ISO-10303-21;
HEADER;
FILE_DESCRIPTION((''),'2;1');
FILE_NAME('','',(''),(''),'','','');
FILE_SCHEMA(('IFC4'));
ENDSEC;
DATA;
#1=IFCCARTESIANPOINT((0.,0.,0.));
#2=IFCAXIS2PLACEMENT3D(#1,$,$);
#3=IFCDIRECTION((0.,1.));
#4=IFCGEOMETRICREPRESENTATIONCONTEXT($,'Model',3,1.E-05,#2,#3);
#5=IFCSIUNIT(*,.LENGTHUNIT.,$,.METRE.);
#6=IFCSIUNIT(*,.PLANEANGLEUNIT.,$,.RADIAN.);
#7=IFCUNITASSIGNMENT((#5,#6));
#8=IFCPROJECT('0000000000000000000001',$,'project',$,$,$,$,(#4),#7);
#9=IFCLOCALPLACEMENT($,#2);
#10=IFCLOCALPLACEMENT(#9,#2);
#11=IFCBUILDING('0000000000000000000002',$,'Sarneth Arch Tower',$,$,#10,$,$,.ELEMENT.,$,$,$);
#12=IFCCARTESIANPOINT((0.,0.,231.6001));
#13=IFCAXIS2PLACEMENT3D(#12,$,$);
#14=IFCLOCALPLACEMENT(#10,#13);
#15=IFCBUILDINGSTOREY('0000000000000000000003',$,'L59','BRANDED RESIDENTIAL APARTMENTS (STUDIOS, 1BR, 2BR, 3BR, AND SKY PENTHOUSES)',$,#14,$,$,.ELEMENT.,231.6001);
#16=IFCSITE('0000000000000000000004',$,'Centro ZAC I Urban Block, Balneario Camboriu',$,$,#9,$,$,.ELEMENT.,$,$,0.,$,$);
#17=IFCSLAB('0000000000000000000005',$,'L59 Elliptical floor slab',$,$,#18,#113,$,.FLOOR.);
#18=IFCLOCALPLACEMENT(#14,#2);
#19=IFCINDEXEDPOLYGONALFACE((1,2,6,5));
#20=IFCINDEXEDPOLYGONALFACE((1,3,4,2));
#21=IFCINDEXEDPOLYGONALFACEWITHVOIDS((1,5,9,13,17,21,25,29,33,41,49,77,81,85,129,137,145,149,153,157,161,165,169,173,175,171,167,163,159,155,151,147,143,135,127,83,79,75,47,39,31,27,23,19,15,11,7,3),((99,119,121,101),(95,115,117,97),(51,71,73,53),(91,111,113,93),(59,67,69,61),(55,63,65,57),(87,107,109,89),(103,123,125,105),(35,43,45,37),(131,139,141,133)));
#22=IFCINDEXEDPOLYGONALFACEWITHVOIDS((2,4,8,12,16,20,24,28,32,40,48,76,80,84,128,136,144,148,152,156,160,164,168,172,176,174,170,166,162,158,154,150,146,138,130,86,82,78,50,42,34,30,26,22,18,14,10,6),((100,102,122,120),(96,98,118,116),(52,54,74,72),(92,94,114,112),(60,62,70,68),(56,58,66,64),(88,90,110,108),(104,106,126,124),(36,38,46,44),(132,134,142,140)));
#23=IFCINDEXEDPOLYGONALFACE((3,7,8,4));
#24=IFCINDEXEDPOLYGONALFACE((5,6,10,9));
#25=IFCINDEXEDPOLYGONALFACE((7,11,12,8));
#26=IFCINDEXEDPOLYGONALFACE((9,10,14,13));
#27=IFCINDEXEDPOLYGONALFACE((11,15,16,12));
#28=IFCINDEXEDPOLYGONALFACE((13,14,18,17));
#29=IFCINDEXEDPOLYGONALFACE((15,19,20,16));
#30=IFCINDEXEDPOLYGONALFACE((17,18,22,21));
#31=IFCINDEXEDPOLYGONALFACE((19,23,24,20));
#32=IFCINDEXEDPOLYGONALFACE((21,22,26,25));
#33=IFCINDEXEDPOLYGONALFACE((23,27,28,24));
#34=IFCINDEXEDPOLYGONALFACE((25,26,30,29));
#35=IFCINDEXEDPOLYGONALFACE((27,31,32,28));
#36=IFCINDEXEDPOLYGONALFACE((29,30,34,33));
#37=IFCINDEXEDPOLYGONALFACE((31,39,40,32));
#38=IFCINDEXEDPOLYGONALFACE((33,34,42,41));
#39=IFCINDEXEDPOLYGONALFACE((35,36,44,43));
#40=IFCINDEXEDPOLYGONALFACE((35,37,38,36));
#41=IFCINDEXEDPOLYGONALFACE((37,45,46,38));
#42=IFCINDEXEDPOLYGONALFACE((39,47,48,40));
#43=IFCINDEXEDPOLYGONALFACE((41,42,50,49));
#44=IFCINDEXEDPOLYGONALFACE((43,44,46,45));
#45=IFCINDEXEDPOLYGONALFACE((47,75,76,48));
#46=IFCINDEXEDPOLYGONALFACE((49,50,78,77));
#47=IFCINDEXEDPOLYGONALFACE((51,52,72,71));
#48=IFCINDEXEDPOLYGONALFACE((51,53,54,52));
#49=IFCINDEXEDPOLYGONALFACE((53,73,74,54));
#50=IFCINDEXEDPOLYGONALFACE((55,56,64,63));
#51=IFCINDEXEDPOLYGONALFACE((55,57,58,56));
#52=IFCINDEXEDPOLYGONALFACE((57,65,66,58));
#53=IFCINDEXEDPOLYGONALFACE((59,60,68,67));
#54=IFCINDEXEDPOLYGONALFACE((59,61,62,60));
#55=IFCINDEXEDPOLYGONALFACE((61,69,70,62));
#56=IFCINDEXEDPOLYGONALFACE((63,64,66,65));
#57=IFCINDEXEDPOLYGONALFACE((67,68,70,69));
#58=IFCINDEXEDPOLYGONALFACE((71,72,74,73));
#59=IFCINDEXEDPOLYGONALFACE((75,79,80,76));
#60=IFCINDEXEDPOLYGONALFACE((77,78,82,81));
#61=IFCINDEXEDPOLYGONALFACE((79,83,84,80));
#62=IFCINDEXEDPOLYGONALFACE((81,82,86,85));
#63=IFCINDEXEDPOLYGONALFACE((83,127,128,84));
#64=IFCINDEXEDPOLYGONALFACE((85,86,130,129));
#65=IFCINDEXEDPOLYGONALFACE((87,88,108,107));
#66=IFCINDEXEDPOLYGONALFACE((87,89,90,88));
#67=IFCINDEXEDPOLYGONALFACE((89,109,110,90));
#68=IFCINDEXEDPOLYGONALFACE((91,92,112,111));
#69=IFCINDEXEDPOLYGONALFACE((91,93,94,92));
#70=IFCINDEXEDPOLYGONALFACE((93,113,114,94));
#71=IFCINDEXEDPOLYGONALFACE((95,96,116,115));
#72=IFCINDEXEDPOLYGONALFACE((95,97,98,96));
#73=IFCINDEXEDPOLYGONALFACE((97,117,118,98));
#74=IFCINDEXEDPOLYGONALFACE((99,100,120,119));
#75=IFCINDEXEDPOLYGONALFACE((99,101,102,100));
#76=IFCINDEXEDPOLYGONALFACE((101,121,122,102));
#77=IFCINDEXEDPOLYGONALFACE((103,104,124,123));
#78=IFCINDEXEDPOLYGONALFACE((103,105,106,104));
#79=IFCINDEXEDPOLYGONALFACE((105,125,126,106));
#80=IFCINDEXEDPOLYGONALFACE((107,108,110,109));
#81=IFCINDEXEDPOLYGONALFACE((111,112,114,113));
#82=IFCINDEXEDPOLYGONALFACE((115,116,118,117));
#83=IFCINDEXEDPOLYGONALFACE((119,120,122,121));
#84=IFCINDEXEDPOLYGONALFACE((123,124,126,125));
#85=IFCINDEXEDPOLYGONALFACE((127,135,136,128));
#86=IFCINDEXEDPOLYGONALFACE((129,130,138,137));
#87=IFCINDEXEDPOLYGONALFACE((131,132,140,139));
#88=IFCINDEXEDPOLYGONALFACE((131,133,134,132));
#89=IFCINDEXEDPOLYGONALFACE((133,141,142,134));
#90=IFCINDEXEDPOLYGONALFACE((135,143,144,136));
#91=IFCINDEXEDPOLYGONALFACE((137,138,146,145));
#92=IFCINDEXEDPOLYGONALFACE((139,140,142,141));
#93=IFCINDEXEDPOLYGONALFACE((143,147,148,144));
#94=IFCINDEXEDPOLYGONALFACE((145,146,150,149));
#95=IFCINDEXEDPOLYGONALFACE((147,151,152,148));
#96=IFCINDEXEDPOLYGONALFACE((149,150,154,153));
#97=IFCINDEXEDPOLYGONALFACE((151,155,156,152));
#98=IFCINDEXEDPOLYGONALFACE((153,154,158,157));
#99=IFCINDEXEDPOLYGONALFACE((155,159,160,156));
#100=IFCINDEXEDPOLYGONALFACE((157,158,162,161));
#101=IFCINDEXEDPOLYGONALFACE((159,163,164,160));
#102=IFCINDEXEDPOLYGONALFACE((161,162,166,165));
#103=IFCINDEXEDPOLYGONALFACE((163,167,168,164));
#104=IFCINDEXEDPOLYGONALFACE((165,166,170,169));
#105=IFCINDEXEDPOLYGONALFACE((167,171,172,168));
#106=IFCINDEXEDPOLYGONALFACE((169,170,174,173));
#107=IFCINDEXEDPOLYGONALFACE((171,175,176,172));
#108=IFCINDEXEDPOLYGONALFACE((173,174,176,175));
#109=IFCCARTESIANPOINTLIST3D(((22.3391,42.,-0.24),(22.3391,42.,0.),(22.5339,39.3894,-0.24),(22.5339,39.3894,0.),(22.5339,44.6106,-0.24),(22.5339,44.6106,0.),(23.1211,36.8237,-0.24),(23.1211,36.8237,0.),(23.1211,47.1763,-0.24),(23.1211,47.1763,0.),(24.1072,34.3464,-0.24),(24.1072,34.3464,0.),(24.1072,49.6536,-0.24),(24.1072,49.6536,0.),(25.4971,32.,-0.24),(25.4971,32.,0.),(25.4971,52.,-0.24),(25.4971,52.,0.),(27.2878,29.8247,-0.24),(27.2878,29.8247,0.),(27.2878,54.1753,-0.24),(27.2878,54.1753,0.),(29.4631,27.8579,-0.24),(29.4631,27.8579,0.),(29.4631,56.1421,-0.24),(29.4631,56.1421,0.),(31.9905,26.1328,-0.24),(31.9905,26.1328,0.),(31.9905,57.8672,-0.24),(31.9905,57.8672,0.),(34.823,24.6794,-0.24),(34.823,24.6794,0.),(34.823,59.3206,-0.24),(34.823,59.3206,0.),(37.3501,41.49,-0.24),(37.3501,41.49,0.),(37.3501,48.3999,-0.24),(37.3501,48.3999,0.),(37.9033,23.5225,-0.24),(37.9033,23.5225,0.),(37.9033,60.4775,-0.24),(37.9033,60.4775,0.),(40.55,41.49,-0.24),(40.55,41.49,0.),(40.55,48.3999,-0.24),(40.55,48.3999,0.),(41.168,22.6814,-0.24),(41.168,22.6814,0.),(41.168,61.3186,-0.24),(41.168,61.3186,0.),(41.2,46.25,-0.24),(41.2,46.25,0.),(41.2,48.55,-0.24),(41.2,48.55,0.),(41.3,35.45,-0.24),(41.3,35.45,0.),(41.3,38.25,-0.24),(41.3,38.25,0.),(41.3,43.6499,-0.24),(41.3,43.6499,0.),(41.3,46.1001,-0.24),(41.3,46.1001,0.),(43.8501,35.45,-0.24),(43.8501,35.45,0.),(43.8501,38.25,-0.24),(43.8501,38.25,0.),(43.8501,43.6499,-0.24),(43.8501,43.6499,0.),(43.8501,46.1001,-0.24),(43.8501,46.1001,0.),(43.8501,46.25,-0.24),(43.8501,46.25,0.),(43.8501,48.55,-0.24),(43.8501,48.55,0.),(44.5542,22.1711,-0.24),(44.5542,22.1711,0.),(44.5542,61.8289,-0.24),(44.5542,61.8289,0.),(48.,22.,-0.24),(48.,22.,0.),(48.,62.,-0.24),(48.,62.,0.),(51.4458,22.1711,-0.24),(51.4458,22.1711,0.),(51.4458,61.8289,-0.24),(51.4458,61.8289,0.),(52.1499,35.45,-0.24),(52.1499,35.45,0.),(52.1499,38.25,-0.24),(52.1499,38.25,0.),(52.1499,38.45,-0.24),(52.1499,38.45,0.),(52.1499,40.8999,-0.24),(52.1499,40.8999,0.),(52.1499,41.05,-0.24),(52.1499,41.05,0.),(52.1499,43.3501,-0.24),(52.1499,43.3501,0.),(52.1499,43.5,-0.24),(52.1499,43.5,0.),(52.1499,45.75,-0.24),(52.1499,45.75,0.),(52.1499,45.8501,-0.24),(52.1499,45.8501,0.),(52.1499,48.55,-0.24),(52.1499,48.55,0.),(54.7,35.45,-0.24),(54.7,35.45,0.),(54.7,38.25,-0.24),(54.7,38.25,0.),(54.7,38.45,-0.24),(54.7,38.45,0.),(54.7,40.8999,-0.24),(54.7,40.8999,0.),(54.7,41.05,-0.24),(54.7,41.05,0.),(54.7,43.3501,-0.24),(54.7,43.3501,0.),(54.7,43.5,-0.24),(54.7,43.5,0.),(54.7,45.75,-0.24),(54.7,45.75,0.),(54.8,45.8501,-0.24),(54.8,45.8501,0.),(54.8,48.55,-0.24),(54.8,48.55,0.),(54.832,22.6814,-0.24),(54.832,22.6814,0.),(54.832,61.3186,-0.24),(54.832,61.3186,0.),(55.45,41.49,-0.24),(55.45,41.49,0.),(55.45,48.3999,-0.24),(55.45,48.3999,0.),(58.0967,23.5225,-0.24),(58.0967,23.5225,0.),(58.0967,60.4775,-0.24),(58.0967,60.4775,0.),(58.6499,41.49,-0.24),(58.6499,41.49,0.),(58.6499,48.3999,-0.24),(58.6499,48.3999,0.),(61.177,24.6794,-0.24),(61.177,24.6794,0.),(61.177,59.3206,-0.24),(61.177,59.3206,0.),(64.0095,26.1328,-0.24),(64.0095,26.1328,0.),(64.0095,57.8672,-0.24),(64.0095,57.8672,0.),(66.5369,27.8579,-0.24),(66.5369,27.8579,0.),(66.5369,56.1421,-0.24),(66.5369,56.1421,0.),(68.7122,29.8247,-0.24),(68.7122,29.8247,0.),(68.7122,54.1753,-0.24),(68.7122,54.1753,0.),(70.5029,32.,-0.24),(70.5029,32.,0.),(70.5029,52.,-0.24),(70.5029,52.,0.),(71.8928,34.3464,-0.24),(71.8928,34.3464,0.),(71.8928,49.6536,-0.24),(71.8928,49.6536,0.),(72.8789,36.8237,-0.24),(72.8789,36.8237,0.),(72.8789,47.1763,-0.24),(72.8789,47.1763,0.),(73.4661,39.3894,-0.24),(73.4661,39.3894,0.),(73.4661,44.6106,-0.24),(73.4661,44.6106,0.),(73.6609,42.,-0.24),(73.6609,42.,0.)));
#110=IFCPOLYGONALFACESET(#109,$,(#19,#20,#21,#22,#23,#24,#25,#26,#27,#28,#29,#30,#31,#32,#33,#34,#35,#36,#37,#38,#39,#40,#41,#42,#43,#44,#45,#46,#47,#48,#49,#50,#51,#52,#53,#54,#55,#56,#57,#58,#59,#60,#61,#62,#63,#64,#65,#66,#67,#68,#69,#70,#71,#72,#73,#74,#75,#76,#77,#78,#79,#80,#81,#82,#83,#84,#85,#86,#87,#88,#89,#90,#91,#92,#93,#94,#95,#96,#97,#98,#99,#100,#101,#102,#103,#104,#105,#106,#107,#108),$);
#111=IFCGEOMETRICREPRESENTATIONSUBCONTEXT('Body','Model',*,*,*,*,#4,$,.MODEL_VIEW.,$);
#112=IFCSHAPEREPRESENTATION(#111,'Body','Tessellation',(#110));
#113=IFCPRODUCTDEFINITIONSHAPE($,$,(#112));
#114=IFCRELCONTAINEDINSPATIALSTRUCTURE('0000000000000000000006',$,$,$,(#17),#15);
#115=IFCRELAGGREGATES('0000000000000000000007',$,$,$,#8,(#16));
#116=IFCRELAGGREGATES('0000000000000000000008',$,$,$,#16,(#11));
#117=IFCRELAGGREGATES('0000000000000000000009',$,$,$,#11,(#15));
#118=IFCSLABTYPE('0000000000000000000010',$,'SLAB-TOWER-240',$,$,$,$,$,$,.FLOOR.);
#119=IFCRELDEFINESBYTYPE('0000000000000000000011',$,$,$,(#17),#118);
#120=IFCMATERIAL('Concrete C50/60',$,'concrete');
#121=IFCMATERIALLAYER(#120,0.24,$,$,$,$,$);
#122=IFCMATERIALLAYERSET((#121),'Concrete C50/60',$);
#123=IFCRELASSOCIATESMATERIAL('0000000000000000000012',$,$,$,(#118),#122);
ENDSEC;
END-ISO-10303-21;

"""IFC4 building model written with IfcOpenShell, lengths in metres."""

from ifc_helpers import new_model, si_unit, direction, frame, origin, place, context, subcontext, project, spatial, polyline, outline, extrude, material, layer, layer_set, type_object, element, save


model = new_model("IFC4")

# Units and contexts
model_context = context("Model", 3, precision=1e-05, world=origin(), true_north=direction((0.0, 1.0)))
body_context = subcontext(model_context, "Body", "Model", "MODEL_VIEW")
ifc_project = project(units=[si_unit("LENGTHUNIT", "METRE"), si_unit("PLANEANGLEUNIT", "RADIAN")], contexts=[model_context])

# Site, building, storey
site_placement = place(None, origin())
site = spatial("IfcSite", under=ifc_project, at=site_placement, Name="Centro ZAC I Urban Block, Balneario Camboriu", CompositionType="ELEMENT", RefElevation=0.0)
building_placement = place(site_placement, origin())
building = spatial("IfcBuilding", under=site, at=building_placement, Name="Sarneth Arch Tower", CompositionType="ELEMENT")
storey_placement = place(building_placement, frame((0.0, 0.0, 231.6001)))
storey = spatial("IfcBuildingStorey", under=building, at=storey_placement, Name="L59", Description="BRANDED RESIDENTIAL APARTMENTS (STUDIOS, 1BR, 2BR, 3BR, AND SKY PENTHOUSES)", CompositionType="ELEMENT", Elevation=231.6001)

# Slab
ifc_material_1 = material(Name="Concrete C50/60", Category="concrete")
ifc_layer_1 = layer(ifc_material_1, 0.24)
ifc_layer_set_1 = layer_set([ifc_layer_1], Name="Concrete C50/60")
slab_type_1 = type_object("IfcSlabType", Name="SLAB-TOWER-240", PredefinedType="FLOOR", material=ifc_layer_set_1)
slab_1_placement = place(storey_placement, frame((0.0, 0.0, -0.24)))
element("IfcSlab", 1, at=slab_1_placement, inside=storey, type_object=slab_type_1, Name="L59 Elliptical floor slab", PredefinedType="FLOOR", context=body_context, shape_type="SweptSolid", body=[
    extrude(outline(polyline([(73.6609, 42.0), (73.4661, 44.6106), (72.8789, 47.1763), (71.8928, 49.6536), (70.5029, 52.0), (68.7122, 54.1753), (66.5369, 56.1421), (64.0095, 57.8672), (61.177, 59.3206), (58.0967, 60.4775), (54.832, 61.3186), (51.4458, 61.8289), (48.0, 62.0), (44.5542, 61.8289), (41.168, 61.3186), (37.9033, 60.4775), (34.823, 59.3206), (31.9905, 57.8672), (29.4631, 56.1421), (27.2878, 54.1753), (25.4971, 52.0), (24.1072, 49.6536), (23.1211, 47.1763), (22.5339, 44.6106), (22.3391, 42.0), (22.5339, 39.3894), (23.1211, 36.8237), (24.1072, 34.3464), (25.4971, 32.0), (27.2878, 29.8247), (29.4631, 27.8579), (31.9905, 26.1328), (34.823, 24.6794), (37.9033, 23.5225), (41.168, 22.6814), (44.5542, 22.1711), (48.0, 22.0), (51.4458, 22.1711), (54.832, 22.6814), (58.0967, 23.5225), (61.177, 24.6794), (64.0095, 26.1328), (66.5369, 27.8579), (68.7122, 29.8247), (70.5029, 32.0), (71.8928, 34.3464), (72.8789, 36.8237), (73.4661, 39.3894), (73.6609, 42.0)]), holes=[polyline([(37.3501, 41.49), (40.55, 41.49), (40.55, 48.3999), (37.3501, 48.3999), (37.3501, 41.49)]), polyline([(55.45, 41.49), (58.6499, 41.49), (58.6499, 48.3999), (55.45, 48.3999), (55.45, 41.49)]), polyline([(41.2, 46.25), (43.8501, 46.25), (43.8501, 48.55), (41.2, 48.55), (41.2, 46.25)]), polyline([(41.3, 35.45), (43.8501, 35.45), (43.8501, 38.25), (41.3, 38.25), (41.3, 35.45)]), polyline([(52.1499, 35.45), (54.7, 35.45), (54.7, 38.25), (52.1499, 38.25), (52.1499, 35.45)]), polyline([(52.1499, 45.8501), (54.8, 45.8501), (54.8, 48.55), (52.1499, 48.55), (52.1499, 45.8501)]), polyline([(41.3, 43.6499), (43.8501, 43.6499), (43.8501, 46.1001), (41.3, 46.1001), (41.3, 43.6499)]), polyline([(52.1499, 38.45), (54.7, 38.45), (54.7, 40.8999), (52.1499, 40.8999), (52.1499, 38.45)]), polyline([(52.1499, 41.05), (54.7, 41.05), (54.7, 43.3501), (52.1499, 43.3501), (52.1499, 41.05)]), polyline([(52.1499, 43.5), (54.7, 43.5), (54.7, 45.75), (52.1499, 45.75), (52.1499, 43.5)])]), origin(), (0.0, 0.0, 1.0), 0.24),
])

save(model, "model.ifc")
